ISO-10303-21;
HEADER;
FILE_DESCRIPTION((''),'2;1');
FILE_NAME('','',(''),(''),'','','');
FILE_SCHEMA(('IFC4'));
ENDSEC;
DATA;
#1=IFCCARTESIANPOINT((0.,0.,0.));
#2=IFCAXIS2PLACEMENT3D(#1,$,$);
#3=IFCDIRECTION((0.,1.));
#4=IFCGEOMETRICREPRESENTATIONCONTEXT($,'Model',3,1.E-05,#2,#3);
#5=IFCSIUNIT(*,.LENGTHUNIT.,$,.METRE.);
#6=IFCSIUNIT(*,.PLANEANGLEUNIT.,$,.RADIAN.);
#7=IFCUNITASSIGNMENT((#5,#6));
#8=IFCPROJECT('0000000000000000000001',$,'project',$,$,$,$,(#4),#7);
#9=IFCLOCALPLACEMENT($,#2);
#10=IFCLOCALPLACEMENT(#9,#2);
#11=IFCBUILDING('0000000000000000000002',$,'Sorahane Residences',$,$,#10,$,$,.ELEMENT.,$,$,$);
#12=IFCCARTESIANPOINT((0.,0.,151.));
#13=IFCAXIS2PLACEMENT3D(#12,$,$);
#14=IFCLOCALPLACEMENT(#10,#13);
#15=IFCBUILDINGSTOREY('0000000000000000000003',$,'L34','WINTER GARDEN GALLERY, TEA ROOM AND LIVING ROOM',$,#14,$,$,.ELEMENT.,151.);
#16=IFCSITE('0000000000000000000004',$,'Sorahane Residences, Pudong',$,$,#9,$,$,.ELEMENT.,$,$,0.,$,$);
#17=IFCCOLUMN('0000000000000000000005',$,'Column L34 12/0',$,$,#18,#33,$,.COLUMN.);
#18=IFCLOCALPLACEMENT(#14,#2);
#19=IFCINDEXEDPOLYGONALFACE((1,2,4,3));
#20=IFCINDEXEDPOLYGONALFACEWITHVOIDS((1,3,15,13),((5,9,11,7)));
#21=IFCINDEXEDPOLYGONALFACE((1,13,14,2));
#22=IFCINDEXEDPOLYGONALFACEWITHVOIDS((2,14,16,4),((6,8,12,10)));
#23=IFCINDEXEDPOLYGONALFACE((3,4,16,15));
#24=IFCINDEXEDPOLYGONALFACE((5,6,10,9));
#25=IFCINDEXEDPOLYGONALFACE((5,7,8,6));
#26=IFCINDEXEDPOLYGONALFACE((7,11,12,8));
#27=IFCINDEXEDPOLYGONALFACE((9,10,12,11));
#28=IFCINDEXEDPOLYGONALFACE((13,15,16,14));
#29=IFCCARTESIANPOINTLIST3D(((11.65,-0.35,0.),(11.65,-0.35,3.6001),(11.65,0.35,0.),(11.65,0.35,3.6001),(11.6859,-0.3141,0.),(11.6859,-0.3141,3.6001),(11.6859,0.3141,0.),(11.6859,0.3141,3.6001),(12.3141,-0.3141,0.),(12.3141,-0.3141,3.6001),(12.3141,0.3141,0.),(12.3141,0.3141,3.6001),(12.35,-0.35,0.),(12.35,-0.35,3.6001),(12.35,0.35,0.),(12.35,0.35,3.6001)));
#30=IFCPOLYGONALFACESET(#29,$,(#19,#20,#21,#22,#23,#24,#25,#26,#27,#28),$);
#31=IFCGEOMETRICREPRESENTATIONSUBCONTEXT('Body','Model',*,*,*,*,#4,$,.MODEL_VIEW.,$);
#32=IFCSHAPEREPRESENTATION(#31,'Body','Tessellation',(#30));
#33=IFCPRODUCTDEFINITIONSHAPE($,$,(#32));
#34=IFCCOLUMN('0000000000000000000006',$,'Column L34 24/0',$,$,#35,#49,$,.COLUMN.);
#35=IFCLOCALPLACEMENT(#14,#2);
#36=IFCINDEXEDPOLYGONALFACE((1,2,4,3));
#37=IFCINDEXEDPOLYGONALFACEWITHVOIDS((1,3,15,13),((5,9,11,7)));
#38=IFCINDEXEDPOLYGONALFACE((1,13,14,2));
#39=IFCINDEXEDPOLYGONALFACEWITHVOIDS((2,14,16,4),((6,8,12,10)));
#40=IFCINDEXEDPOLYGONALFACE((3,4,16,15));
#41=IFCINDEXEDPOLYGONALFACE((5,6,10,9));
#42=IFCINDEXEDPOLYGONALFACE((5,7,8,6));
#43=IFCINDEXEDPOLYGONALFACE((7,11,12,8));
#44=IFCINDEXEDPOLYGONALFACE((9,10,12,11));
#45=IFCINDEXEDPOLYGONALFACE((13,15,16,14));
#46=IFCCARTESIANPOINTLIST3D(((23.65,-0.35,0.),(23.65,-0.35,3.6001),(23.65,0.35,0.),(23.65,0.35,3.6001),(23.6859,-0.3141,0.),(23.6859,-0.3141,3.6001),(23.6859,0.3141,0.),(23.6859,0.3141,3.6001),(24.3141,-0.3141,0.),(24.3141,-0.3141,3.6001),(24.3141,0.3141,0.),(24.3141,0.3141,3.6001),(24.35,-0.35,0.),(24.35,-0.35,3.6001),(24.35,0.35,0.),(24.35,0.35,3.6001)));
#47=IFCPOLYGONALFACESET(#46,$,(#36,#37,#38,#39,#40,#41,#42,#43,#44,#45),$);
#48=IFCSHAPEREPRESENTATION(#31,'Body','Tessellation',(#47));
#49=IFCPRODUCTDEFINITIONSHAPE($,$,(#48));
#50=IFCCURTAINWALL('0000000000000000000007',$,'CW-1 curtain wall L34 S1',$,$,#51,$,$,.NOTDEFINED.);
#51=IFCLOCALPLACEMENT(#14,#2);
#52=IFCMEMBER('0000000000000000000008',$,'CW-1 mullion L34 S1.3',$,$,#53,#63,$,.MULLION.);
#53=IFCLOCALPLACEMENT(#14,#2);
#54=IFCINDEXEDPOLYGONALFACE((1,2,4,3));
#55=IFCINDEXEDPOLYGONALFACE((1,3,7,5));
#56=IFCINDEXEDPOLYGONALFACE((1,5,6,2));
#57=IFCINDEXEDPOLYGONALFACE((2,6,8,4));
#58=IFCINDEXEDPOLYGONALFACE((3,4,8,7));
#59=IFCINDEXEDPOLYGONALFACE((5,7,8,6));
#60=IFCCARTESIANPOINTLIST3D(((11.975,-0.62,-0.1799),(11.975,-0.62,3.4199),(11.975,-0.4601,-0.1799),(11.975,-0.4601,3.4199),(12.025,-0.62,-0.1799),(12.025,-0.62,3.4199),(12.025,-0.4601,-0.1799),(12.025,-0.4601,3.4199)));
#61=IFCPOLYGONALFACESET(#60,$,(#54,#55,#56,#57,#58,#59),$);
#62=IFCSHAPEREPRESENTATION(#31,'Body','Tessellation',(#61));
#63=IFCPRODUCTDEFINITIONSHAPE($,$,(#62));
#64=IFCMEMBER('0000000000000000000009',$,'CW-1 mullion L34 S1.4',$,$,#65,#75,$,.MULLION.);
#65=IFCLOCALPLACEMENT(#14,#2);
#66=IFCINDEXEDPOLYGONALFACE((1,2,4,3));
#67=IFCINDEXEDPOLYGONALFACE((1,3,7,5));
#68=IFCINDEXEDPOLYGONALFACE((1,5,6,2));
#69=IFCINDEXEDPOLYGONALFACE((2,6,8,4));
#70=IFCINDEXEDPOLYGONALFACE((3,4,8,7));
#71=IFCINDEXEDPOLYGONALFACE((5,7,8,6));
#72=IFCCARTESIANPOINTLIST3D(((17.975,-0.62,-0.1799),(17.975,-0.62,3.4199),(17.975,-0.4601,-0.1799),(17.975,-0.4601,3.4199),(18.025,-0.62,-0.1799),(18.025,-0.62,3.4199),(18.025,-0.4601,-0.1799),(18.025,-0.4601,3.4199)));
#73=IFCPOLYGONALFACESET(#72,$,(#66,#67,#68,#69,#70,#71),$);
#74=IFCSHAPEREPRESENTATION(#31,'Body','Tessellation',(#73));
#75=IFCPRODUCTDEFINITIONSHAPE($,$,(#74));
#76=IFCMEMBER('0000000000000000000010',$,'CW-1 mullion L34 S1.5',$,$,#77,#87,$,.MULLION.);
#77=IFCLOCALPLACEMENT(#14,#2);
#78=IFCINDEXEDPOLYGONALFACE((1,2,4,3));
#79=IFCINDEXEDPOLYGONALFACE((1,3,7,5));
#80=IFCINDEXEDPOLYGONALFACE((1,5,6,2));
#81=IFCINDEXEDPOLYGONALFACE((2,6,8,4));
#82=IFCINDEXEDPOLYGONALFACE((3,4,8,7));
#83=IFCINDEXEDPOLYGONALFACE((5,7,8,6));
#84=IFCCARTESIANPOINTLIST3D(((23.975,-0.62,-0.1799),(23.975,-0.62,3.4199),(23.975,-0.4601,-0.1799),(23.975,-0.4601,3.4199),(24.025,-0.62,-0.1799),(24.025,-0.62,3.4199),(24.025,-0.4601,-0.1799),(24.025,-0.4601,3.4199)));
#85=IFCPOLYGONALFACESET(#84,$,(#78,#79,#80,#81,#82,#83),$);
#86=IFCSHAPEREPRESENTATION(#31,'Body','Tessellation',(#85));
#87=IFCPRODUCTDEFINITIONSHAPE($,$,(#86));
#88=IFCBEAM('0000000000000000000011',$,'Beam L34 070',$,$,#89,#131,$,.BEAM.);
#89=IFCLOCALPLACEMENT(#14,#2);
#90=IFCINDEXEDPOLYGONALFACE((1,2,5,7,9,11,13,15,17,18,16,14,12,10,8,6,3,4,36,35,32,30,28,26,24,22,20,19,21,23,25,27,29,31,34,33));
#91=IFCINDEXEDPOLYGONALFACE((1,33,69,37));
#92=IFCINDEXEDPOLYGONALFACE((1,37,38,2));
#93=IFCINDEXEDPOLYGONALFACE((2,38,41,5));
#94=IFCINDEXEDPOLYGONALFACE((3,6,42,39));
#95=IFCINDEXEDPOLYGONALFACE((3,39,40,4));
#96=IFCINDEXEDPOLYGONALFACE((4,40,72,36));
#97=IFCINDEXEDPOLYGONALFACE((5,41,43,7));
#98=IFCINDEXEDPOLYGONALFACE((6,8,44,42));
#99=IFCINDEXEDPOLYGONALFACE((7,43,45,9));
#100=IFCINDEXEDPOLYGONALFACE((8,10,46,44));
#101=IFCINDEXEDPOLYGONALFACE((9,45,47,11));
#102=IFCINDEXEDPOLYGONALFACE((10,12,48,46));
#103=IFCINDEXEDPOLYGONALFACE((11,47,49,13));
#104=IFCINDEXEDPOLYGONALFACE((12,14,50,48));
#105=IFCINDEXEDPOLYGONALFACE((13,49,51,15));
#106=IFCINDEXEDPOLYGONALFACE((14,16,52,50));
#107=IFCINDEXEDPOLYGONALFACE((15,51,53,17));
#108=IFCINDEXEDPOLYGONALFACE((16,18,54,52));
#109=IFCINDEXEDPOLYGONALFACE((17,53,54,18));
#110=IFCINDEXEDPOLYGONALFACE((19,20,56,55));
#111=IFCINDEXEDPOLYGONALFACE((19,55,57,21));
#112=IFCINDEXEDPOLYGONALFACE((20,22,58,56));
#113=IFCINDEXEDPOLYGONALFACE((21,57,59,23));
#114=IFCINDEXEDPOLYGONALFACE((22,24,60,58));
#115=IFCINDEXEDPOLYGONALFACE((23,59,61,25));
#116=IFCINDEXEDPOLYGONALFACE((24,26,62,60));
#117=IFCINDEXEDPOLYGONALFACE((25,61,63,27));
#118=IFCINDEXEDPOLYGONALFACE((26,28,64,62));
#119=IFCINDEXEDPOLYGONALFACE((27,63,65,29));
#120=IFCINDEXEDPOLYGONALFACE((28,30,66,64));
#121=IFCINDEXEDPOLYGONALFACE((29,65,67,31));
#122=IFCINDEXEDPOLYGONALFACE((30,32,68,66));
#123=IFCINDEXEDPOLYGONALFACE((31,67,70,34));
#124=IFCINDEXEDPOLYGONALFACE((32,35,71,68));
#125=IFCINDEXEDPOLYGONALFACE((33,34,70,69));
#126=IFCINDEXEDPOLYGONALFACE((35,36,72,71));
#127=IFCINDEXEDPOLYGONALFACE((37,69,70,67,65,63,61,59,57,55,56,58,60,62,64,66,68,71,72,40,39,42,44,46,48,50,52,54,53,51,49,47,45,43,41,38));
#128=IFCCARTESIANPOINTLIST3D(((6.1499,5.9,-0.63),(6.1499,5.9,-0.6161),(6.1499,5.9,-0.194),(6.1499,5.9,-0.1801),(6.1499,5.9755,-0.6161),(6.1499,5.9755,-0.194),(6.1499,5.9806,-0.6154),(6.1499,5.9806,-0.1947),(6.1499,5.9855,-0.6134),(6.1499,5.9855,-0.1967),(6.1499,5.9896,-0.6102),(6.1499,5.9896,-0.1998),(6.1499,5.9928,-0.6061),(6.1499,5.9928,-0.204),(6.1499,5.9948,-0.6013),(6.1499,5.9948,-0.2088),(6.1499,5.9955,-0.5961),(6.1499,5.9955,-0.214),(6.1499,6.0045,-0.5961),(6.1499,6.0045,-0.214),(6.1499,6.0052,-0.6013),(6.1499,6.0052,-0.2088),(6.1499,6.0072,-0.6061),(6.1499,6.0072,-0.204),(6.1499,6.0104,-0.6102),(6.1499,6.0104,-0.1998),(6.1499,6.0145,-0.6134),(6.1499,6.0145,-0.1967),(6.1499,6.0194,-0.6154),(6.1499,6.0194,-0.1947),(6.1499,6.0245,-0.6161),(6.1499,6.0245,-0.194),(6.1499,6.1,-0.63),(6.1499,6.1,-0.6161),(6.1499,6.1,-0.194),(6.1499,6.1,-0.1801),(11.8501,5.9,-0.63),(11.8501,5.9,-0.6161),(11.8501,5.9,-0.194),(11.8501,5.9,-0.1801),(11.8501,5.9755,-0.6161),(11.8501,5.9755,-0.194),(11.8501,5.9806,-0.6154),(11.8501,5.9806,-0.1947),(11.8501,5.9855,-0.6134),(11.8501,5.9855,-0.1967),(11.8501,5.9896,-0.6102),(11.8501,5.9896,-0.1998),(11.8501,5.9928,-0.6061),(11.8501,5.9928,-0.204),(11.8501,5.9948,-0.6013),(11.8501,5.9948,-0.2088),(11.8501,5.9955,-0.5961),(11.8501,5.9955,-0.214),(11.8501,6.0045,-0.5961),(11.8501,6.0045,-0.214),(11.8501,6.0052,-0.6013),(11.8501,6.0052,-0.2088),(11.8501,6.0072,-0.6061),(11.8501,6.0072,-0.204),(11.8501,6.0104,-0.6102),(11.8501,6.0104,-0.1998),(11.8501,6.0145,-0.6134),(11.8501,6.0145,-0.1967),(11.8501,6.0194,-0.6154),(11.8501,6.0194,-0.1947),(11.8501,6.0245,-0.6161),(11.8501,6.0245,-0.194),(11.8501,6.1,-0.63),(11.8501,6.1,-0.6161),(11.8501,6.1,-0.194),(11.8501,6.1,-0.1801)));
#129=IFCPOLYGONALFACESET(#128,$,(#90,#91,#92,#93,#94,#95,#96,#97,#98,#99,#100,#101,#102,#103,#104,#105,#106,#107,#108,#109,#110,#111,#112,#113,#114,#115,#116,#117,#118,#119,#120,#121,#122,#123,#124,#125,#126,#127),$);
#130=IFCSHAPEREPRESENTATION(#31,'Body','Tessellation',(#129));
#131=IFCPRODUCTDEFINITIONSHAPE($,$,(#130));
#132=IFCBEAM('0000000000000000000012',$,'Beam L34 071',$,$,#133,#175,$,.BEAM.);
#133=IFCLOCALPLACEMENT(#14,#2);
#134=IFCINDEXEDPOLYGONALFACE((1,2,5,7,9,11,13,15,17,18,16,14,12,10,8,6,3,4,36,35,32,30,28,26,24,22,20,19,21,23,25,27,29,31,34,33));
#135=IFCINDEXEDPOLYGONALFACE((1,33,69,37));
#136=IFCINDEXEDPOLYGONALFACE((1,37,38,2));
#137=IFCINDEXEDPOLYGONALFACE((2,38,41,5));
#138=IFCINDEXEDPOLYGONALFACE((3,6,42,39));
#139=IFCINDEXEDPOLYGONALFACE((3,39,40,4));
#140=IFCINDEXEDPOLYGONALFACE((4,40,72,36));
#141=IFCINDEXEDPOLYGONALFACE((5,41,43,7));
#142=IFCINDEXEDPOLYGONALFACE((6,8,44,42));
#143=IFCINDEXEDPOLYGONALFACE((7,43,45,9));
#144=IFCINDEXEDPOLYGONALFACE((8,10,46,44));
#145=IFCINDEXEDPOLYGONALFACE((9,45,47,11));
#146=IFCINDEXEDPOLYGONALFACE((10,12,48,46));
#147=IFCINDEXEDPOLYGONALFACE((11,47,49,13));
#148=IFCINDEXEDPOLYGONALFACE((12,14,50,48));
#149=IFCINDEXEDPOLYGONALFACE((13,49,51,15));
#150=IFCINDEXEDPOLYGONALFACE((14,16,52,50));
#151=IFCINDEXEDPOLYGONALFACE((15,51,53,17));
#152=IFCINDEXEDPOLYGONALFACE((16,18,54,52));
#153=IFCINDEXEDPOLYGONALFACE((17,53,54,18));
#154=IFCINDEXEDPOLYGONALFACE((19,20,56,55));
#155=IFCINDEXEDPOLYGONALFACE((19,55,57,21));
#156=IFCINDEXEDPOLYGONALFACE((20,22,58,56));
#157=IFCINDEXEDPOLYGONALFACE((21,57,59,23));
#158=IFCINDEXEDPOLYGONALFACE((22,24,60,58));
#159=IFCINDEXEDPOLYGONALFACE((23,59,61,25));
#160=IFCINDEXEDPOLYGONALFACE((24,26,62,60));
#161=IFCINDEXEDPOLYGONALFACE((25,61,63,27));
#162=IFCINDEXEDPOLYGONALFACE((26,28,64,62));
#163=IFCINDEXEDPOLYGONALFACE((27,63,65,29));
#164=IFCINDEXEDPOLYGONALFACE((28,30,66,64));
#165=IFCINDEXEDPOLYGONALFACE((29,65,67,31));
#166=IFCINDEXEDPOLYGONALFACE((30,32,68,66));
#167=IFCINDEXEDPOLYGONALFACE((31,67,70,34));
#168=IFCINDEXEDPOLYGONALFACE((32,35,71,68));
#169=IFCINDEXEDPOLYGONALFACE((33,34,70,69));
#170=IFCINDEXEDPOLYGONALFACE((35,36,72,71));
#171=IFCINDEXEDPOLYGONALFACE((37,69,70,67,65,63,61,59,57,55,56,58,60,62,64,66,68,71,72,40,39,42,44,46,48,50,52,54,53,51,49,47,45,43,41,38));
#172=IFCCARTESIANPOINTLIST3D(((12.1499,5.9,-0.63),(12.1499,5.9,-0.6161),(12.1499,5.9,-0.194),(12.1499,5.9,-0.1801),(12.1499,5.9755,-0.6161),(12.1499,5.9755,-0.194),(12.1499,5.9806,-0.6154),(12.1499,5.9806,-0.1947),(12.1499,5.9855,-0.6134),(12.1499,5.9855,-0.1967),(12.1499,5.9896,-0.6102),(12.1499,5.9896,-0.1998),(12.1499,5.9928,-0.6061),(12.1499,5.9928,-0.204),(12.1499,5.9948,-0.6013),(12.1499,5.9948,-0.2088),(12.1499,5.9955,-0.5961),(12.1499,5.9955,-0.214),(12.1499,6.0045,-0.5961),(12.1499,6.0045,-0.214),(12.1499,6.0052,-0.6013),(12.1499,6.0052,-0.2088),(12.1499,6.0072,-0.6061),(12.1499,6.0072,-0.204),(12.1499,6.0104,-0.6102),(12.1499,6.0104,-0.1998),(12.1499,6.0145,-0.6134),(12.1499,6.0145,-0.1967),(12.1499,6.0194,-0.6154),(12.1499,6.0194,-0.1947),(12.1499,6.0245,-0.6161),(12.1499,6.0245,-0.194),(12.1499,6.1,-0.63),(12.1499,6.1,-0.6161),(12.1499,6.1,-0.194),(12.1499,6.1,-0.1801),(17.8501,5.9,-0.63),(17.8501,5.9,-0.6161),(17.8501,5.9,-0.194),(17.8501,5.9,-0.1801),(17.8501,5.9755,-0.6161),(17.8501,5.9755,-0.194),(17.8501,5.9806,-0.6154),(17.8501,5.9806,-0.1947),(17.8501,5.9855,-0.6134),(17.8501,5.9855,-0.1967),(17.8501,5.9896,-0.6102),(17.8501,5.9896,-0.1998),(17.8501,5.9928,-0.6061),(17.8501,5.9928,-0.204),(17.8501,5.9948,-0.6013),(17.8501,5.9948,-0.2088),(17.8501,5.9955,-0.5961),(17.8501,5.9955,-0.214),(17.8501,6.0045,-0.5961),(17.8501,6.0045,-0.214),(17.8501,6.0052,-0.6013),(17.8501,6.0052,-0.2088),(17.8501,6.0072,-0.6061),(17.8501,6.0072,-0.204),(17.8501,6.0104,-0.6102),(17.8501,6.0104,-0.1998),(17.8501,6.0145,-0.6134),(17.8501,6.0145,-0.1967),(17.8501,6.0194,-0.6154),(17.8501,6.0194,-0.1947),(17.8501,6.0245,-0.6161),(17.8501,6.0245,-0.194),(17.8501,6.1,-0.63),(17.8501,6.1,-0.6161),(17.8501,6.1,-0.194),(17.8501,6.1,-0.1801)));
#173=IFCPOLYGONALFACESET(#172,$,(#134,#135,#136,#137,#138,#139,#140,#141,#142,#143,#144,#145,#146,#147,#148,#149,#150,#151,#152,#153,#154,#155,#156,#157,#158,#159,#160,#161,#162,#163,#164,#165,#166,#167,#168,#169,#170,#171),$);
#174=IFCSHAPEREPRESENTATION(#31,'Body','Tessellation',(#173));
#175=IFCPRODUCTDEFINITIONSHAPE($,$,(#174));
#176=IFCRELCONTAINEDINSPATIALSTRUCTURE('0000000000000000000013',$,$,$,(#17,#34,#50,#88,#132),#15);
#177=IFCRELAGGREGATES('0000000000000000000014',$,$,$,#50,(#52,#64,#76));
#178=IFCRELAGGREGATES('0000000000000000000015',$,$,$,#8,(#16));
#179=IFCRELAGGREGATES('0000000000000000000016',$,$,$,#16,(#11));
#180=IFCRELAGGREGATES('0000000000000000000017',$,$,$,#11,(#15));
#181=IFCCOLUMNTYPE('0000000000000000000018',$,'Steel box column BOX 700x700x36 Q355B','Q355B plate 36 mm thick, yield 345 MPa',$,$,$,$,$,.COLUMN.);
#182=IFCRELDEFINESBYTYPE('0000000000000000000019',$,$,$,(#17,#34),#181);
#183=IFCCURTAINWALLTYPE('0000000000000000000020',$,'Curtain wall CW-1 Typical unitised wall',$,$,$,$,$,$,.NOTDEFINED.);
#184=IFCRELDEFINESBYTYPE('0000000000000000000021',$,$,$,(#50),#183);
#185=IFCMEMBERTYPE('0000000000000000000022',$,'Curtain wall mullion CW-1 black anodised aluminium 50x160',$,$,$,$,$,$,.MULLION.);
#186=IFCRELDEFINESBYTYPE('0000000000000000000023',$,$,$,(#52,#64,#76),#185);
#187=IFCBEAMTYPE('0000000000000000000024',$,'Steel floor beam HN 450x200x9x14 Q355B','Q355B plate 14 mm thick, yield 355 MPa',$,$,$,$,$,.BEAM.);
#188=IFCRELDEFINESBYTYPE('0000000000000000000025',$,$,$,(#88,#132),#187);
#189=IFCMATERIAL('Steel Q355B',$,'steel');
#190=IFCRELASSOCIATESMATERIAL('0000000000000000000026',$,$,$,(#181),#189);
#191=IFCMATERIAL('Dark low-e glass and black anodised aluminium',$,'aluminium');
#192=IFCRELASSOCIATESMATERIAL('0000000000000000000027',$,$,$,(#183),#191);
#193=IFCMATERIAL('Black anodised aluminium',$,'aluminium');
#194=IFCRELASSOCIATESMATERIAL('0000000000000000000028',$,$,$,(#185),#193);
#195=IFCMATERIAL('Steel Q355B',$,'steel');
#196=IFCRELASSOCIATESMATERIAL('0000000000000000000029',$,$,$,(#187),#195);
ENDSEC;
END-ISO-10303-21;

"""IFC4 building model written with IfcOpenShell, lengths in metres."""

from ifc_helpers import new_model, si_unit, direction, frame, origin, origin_2d, place, context, subcontext, project, spatial, rectangle, hollow_rectangle, i_section, extrude, material, material_profile, profile_set, type_object, element, aggregate, save


model = new_model("IFC4")

# Units and contexts
model_context = context("Model", 3, precision=1e-05, world=origin(), true_north=direction((0.0, 1.0)))
body_context = subcontext(model_context, "Body", "Model", "MODEL_VIEW")
ifc_project = project(units=[si_unit("LENGTHUNIT", "METRE"), si_unit("PLANEANGLEUNIT", "RADIAN")], contexts=[model_context])

# Site, building, storey
site_placement = place(None, origin())
site = spatial("IfcSite", under=ifc_project, at=site_placement, Name="Sorahane Residences, Pudong", CompositionType="ELEMENT", RefElevation=0.0)
building_placement = place(site_placement, origin())
building = spatial("IfcBuilding", under=site, at=building_placement, Name="Sorahane Residences", CompositionType="ELEMENT")
storey_placement = place(building_placement, frame((0.0, 0.0, 151.0)))
storey = spatial("IfcBuildingStorey", under=building, at=storey_placement, Name="L34", Description="WINTER GARDEN GALLERY, TEA ROOM AND LIVING ROOM", CompositionType="ELEMENT", Elevation=151.0)

# Columns
ifc_material_1 = material(Name="Steel Q355B", Category="steel")
ifc_material_profile_1 = material_profile(ifc_material_1, hollow_rectangle(XDim=0.7, YDim=0.7, WallThickness=0.0359, at=origin_2d()), Name="BOX 700x700x36")
ifc_profile_set_1 = profile_set([ifc_material_profile_1], Name="Steel Q355B")
column_type = type_object("IfcColumnType", Name="Steel box column BOX 700x700x36 Q355B", Description="Q355B plate 36 mm thick, yield 345 MPa", PredefinedType="COLUMN", material=ifc_profile_set_1)
for number, where, z_axis, x_axis, name in (
    (1, (12.0, 0.0, 0.0), (0.0, 0.0, 1.0), (1.0, 0.0, 0.0), "Column L34 12/0"),
    (2, (24.0, 0.0, 0.0), (0.0, 0.0, 1.0), (1.0, 0.0, 0.0), "Column L34 24/0"),
):
    element("IfcColumn", number, at=place(storey_placement, frame(where, z_axis=z_axis, x_axis=x_axis)), inside=storey, type_object=column_type, Name=name, PredefinedType="COLUMN", context=body_context, shape_type="SweptSolid", body=[
        extrude(hollow_rectangle(XDim=0.7, YDim=0.7, WallThickness=0.0359, at=origin_2d()), origin(), (0.0, 0.0, 1.0), 3.6001),
    ])

# Curtain wall, members
ifc_material_2 = material(Name="Dark low-e glass and black anodised aluminium", Category="aluminium")
curtain_wall_type = type_object("IfcCurtainWallType", Name="Curtain wall CW-1 Typical unitised wall", PredefinedType="NOTDEFINED", material=ifc_material_2)
curtain_wall_placement = place(storey_placement, origin())
curtain_wall = element("IfcCurtainWall", 3, at=curtain_wall_placement, inside=storey, type_object=curtain_wall_type, Name="CW-1 curtain wall L34 S1", PredefinedType="NOTDEFINED")
ifc_material_3 = material(Name="Black anodised aluminium", Category="aluminium")
ifc_material_profile_2 = material_profile(ifc_material_3, rectangle(XDim=0.1599, YDim=0.05, at=origin_2d()), Name="Curtain wall mullion CW-1 black anodised aluminium 50x160")
ifc_profile_set_2 = profile_set([ifc_material_profile_2], Name="Black anodised aluminium")
member_type = type_object("IfcMemberType", Name="Curtain wall mullion CW-1 black anodised aluminium 50x160", PredefinedType="MULLION", material=ifc_profile_set_2)
member_1_placement = place(storey_placement, frame((12.0, -0.54, -0.1799), z_axis=(0.0, 0.0, 1.0), x_axis=(0.0, -1.0, 0.0)))
member_1 = element("IfcMember", 4, at=member_1_placement, type_object=member_type, Name="CW-1 mullion L34 S1.3", PredefinedType="MULLION", context=body_context, shape_type="SweptSolid", body=[
    extrude(rectangle(XDim=0.1599, YDim=0.05, at=origin_2d()), origin(), (0.0, 0.0, 1.0), 3.5999),
])
member_2_placement = place(storey_placement, frame((18.0, -0.54, -0.1799), z_axis=(0.0, 0.0, 1.0), x_axis=(0.0, -1.0, 0.0)))
member_2 = element("IfcMember", 5, at=member_2_placement, type_object=member_type, Name="CW-1 mullion L34 S1.4", PredefinedType="MULLION", context=body_context, shape_type="SweptSolid", body=[
    extrude(rectangle(XDim=0.1599, YDim=0.05, at=origin_2d()), origin(), (0.0, 0.0, 1.0), 3.5999),
])
member_3_placement = place(storey_placement, frame((24.0, -0.54, -0.1799), z_axis=(0.0, 0.0, 1.0), x_axis=(0.0, -1.0, 0.0)))
member_3 = element("IfcMember", 6, at=member_3_placement, type_object=member_type, Name="CW-1 mullion L34 S1.5", PredefinedType="MULLION", context=body_context, shape_type="SweptSolid", body=[
    extrude(rectangle(XDim=0.1599, YDim=0.05, at=origin_2d()), origin(), (0.0, 0.0, 1.0), 3.5999),
])

# Beams
ifc_material_4 = material(Name="Steel Q355B", Category="steel")
ifc_material_profile_3 = material_profile(ifc_material_4, i_section(OverallWidth=0.2, OverallDepth=0.45, WebThickness=0.009, FlangeThickness=0.0139, FilletRadius=0.02, at=origin_2d()), Name="HN 450x200x9x14")
ifc_profile_set_3 = profile_set([ifc_material_profile_3], Name="Steel Q355B")
beam_type_1 = type_object("IfcBeamType", Name="Steel floor beam HN 450x200x9x14 Q355B", Description="Q355B plate 14 mm thick, yield 355 MPa", PredefinedType="BEAM", material=ifc_profile_set_3)
for number, where, z_axis, x_axis, name in (
    (7, (6.1499, 6.0, -0.405), (1.0, 0.0, 0.0), (0.0, 1.0, 0.0), "Beam L34 070"),
    (8, (12.1499, 6.0, -0.405), (1.0, 0.0, 0.0), (0.0, 1.0, 0.0), "Beam L34 071"),
):
    element("IfcBeam", number, at=place(storey_placement, frame(where, z_axis=z_axis, x_axis=x_axis)), inside=storey, type_object=beam_type_1, Name=name, PredefinedType="BEAM", context=body_context, shape_type="SweptSolid", body=[
        extrude(i_section(OverallWidth=0.2, OverallDepth=0.45, WebThickness=0.009, FlangeThickness=0.0139, FilletRadius=0.02, at=origin_2d()), origin(), (0.0, 0.0, 1.0), 5.7002),
    ])

aggregate(curtain_wall, [member_1, member_2, member_3])

save(model, "model.ifc")
